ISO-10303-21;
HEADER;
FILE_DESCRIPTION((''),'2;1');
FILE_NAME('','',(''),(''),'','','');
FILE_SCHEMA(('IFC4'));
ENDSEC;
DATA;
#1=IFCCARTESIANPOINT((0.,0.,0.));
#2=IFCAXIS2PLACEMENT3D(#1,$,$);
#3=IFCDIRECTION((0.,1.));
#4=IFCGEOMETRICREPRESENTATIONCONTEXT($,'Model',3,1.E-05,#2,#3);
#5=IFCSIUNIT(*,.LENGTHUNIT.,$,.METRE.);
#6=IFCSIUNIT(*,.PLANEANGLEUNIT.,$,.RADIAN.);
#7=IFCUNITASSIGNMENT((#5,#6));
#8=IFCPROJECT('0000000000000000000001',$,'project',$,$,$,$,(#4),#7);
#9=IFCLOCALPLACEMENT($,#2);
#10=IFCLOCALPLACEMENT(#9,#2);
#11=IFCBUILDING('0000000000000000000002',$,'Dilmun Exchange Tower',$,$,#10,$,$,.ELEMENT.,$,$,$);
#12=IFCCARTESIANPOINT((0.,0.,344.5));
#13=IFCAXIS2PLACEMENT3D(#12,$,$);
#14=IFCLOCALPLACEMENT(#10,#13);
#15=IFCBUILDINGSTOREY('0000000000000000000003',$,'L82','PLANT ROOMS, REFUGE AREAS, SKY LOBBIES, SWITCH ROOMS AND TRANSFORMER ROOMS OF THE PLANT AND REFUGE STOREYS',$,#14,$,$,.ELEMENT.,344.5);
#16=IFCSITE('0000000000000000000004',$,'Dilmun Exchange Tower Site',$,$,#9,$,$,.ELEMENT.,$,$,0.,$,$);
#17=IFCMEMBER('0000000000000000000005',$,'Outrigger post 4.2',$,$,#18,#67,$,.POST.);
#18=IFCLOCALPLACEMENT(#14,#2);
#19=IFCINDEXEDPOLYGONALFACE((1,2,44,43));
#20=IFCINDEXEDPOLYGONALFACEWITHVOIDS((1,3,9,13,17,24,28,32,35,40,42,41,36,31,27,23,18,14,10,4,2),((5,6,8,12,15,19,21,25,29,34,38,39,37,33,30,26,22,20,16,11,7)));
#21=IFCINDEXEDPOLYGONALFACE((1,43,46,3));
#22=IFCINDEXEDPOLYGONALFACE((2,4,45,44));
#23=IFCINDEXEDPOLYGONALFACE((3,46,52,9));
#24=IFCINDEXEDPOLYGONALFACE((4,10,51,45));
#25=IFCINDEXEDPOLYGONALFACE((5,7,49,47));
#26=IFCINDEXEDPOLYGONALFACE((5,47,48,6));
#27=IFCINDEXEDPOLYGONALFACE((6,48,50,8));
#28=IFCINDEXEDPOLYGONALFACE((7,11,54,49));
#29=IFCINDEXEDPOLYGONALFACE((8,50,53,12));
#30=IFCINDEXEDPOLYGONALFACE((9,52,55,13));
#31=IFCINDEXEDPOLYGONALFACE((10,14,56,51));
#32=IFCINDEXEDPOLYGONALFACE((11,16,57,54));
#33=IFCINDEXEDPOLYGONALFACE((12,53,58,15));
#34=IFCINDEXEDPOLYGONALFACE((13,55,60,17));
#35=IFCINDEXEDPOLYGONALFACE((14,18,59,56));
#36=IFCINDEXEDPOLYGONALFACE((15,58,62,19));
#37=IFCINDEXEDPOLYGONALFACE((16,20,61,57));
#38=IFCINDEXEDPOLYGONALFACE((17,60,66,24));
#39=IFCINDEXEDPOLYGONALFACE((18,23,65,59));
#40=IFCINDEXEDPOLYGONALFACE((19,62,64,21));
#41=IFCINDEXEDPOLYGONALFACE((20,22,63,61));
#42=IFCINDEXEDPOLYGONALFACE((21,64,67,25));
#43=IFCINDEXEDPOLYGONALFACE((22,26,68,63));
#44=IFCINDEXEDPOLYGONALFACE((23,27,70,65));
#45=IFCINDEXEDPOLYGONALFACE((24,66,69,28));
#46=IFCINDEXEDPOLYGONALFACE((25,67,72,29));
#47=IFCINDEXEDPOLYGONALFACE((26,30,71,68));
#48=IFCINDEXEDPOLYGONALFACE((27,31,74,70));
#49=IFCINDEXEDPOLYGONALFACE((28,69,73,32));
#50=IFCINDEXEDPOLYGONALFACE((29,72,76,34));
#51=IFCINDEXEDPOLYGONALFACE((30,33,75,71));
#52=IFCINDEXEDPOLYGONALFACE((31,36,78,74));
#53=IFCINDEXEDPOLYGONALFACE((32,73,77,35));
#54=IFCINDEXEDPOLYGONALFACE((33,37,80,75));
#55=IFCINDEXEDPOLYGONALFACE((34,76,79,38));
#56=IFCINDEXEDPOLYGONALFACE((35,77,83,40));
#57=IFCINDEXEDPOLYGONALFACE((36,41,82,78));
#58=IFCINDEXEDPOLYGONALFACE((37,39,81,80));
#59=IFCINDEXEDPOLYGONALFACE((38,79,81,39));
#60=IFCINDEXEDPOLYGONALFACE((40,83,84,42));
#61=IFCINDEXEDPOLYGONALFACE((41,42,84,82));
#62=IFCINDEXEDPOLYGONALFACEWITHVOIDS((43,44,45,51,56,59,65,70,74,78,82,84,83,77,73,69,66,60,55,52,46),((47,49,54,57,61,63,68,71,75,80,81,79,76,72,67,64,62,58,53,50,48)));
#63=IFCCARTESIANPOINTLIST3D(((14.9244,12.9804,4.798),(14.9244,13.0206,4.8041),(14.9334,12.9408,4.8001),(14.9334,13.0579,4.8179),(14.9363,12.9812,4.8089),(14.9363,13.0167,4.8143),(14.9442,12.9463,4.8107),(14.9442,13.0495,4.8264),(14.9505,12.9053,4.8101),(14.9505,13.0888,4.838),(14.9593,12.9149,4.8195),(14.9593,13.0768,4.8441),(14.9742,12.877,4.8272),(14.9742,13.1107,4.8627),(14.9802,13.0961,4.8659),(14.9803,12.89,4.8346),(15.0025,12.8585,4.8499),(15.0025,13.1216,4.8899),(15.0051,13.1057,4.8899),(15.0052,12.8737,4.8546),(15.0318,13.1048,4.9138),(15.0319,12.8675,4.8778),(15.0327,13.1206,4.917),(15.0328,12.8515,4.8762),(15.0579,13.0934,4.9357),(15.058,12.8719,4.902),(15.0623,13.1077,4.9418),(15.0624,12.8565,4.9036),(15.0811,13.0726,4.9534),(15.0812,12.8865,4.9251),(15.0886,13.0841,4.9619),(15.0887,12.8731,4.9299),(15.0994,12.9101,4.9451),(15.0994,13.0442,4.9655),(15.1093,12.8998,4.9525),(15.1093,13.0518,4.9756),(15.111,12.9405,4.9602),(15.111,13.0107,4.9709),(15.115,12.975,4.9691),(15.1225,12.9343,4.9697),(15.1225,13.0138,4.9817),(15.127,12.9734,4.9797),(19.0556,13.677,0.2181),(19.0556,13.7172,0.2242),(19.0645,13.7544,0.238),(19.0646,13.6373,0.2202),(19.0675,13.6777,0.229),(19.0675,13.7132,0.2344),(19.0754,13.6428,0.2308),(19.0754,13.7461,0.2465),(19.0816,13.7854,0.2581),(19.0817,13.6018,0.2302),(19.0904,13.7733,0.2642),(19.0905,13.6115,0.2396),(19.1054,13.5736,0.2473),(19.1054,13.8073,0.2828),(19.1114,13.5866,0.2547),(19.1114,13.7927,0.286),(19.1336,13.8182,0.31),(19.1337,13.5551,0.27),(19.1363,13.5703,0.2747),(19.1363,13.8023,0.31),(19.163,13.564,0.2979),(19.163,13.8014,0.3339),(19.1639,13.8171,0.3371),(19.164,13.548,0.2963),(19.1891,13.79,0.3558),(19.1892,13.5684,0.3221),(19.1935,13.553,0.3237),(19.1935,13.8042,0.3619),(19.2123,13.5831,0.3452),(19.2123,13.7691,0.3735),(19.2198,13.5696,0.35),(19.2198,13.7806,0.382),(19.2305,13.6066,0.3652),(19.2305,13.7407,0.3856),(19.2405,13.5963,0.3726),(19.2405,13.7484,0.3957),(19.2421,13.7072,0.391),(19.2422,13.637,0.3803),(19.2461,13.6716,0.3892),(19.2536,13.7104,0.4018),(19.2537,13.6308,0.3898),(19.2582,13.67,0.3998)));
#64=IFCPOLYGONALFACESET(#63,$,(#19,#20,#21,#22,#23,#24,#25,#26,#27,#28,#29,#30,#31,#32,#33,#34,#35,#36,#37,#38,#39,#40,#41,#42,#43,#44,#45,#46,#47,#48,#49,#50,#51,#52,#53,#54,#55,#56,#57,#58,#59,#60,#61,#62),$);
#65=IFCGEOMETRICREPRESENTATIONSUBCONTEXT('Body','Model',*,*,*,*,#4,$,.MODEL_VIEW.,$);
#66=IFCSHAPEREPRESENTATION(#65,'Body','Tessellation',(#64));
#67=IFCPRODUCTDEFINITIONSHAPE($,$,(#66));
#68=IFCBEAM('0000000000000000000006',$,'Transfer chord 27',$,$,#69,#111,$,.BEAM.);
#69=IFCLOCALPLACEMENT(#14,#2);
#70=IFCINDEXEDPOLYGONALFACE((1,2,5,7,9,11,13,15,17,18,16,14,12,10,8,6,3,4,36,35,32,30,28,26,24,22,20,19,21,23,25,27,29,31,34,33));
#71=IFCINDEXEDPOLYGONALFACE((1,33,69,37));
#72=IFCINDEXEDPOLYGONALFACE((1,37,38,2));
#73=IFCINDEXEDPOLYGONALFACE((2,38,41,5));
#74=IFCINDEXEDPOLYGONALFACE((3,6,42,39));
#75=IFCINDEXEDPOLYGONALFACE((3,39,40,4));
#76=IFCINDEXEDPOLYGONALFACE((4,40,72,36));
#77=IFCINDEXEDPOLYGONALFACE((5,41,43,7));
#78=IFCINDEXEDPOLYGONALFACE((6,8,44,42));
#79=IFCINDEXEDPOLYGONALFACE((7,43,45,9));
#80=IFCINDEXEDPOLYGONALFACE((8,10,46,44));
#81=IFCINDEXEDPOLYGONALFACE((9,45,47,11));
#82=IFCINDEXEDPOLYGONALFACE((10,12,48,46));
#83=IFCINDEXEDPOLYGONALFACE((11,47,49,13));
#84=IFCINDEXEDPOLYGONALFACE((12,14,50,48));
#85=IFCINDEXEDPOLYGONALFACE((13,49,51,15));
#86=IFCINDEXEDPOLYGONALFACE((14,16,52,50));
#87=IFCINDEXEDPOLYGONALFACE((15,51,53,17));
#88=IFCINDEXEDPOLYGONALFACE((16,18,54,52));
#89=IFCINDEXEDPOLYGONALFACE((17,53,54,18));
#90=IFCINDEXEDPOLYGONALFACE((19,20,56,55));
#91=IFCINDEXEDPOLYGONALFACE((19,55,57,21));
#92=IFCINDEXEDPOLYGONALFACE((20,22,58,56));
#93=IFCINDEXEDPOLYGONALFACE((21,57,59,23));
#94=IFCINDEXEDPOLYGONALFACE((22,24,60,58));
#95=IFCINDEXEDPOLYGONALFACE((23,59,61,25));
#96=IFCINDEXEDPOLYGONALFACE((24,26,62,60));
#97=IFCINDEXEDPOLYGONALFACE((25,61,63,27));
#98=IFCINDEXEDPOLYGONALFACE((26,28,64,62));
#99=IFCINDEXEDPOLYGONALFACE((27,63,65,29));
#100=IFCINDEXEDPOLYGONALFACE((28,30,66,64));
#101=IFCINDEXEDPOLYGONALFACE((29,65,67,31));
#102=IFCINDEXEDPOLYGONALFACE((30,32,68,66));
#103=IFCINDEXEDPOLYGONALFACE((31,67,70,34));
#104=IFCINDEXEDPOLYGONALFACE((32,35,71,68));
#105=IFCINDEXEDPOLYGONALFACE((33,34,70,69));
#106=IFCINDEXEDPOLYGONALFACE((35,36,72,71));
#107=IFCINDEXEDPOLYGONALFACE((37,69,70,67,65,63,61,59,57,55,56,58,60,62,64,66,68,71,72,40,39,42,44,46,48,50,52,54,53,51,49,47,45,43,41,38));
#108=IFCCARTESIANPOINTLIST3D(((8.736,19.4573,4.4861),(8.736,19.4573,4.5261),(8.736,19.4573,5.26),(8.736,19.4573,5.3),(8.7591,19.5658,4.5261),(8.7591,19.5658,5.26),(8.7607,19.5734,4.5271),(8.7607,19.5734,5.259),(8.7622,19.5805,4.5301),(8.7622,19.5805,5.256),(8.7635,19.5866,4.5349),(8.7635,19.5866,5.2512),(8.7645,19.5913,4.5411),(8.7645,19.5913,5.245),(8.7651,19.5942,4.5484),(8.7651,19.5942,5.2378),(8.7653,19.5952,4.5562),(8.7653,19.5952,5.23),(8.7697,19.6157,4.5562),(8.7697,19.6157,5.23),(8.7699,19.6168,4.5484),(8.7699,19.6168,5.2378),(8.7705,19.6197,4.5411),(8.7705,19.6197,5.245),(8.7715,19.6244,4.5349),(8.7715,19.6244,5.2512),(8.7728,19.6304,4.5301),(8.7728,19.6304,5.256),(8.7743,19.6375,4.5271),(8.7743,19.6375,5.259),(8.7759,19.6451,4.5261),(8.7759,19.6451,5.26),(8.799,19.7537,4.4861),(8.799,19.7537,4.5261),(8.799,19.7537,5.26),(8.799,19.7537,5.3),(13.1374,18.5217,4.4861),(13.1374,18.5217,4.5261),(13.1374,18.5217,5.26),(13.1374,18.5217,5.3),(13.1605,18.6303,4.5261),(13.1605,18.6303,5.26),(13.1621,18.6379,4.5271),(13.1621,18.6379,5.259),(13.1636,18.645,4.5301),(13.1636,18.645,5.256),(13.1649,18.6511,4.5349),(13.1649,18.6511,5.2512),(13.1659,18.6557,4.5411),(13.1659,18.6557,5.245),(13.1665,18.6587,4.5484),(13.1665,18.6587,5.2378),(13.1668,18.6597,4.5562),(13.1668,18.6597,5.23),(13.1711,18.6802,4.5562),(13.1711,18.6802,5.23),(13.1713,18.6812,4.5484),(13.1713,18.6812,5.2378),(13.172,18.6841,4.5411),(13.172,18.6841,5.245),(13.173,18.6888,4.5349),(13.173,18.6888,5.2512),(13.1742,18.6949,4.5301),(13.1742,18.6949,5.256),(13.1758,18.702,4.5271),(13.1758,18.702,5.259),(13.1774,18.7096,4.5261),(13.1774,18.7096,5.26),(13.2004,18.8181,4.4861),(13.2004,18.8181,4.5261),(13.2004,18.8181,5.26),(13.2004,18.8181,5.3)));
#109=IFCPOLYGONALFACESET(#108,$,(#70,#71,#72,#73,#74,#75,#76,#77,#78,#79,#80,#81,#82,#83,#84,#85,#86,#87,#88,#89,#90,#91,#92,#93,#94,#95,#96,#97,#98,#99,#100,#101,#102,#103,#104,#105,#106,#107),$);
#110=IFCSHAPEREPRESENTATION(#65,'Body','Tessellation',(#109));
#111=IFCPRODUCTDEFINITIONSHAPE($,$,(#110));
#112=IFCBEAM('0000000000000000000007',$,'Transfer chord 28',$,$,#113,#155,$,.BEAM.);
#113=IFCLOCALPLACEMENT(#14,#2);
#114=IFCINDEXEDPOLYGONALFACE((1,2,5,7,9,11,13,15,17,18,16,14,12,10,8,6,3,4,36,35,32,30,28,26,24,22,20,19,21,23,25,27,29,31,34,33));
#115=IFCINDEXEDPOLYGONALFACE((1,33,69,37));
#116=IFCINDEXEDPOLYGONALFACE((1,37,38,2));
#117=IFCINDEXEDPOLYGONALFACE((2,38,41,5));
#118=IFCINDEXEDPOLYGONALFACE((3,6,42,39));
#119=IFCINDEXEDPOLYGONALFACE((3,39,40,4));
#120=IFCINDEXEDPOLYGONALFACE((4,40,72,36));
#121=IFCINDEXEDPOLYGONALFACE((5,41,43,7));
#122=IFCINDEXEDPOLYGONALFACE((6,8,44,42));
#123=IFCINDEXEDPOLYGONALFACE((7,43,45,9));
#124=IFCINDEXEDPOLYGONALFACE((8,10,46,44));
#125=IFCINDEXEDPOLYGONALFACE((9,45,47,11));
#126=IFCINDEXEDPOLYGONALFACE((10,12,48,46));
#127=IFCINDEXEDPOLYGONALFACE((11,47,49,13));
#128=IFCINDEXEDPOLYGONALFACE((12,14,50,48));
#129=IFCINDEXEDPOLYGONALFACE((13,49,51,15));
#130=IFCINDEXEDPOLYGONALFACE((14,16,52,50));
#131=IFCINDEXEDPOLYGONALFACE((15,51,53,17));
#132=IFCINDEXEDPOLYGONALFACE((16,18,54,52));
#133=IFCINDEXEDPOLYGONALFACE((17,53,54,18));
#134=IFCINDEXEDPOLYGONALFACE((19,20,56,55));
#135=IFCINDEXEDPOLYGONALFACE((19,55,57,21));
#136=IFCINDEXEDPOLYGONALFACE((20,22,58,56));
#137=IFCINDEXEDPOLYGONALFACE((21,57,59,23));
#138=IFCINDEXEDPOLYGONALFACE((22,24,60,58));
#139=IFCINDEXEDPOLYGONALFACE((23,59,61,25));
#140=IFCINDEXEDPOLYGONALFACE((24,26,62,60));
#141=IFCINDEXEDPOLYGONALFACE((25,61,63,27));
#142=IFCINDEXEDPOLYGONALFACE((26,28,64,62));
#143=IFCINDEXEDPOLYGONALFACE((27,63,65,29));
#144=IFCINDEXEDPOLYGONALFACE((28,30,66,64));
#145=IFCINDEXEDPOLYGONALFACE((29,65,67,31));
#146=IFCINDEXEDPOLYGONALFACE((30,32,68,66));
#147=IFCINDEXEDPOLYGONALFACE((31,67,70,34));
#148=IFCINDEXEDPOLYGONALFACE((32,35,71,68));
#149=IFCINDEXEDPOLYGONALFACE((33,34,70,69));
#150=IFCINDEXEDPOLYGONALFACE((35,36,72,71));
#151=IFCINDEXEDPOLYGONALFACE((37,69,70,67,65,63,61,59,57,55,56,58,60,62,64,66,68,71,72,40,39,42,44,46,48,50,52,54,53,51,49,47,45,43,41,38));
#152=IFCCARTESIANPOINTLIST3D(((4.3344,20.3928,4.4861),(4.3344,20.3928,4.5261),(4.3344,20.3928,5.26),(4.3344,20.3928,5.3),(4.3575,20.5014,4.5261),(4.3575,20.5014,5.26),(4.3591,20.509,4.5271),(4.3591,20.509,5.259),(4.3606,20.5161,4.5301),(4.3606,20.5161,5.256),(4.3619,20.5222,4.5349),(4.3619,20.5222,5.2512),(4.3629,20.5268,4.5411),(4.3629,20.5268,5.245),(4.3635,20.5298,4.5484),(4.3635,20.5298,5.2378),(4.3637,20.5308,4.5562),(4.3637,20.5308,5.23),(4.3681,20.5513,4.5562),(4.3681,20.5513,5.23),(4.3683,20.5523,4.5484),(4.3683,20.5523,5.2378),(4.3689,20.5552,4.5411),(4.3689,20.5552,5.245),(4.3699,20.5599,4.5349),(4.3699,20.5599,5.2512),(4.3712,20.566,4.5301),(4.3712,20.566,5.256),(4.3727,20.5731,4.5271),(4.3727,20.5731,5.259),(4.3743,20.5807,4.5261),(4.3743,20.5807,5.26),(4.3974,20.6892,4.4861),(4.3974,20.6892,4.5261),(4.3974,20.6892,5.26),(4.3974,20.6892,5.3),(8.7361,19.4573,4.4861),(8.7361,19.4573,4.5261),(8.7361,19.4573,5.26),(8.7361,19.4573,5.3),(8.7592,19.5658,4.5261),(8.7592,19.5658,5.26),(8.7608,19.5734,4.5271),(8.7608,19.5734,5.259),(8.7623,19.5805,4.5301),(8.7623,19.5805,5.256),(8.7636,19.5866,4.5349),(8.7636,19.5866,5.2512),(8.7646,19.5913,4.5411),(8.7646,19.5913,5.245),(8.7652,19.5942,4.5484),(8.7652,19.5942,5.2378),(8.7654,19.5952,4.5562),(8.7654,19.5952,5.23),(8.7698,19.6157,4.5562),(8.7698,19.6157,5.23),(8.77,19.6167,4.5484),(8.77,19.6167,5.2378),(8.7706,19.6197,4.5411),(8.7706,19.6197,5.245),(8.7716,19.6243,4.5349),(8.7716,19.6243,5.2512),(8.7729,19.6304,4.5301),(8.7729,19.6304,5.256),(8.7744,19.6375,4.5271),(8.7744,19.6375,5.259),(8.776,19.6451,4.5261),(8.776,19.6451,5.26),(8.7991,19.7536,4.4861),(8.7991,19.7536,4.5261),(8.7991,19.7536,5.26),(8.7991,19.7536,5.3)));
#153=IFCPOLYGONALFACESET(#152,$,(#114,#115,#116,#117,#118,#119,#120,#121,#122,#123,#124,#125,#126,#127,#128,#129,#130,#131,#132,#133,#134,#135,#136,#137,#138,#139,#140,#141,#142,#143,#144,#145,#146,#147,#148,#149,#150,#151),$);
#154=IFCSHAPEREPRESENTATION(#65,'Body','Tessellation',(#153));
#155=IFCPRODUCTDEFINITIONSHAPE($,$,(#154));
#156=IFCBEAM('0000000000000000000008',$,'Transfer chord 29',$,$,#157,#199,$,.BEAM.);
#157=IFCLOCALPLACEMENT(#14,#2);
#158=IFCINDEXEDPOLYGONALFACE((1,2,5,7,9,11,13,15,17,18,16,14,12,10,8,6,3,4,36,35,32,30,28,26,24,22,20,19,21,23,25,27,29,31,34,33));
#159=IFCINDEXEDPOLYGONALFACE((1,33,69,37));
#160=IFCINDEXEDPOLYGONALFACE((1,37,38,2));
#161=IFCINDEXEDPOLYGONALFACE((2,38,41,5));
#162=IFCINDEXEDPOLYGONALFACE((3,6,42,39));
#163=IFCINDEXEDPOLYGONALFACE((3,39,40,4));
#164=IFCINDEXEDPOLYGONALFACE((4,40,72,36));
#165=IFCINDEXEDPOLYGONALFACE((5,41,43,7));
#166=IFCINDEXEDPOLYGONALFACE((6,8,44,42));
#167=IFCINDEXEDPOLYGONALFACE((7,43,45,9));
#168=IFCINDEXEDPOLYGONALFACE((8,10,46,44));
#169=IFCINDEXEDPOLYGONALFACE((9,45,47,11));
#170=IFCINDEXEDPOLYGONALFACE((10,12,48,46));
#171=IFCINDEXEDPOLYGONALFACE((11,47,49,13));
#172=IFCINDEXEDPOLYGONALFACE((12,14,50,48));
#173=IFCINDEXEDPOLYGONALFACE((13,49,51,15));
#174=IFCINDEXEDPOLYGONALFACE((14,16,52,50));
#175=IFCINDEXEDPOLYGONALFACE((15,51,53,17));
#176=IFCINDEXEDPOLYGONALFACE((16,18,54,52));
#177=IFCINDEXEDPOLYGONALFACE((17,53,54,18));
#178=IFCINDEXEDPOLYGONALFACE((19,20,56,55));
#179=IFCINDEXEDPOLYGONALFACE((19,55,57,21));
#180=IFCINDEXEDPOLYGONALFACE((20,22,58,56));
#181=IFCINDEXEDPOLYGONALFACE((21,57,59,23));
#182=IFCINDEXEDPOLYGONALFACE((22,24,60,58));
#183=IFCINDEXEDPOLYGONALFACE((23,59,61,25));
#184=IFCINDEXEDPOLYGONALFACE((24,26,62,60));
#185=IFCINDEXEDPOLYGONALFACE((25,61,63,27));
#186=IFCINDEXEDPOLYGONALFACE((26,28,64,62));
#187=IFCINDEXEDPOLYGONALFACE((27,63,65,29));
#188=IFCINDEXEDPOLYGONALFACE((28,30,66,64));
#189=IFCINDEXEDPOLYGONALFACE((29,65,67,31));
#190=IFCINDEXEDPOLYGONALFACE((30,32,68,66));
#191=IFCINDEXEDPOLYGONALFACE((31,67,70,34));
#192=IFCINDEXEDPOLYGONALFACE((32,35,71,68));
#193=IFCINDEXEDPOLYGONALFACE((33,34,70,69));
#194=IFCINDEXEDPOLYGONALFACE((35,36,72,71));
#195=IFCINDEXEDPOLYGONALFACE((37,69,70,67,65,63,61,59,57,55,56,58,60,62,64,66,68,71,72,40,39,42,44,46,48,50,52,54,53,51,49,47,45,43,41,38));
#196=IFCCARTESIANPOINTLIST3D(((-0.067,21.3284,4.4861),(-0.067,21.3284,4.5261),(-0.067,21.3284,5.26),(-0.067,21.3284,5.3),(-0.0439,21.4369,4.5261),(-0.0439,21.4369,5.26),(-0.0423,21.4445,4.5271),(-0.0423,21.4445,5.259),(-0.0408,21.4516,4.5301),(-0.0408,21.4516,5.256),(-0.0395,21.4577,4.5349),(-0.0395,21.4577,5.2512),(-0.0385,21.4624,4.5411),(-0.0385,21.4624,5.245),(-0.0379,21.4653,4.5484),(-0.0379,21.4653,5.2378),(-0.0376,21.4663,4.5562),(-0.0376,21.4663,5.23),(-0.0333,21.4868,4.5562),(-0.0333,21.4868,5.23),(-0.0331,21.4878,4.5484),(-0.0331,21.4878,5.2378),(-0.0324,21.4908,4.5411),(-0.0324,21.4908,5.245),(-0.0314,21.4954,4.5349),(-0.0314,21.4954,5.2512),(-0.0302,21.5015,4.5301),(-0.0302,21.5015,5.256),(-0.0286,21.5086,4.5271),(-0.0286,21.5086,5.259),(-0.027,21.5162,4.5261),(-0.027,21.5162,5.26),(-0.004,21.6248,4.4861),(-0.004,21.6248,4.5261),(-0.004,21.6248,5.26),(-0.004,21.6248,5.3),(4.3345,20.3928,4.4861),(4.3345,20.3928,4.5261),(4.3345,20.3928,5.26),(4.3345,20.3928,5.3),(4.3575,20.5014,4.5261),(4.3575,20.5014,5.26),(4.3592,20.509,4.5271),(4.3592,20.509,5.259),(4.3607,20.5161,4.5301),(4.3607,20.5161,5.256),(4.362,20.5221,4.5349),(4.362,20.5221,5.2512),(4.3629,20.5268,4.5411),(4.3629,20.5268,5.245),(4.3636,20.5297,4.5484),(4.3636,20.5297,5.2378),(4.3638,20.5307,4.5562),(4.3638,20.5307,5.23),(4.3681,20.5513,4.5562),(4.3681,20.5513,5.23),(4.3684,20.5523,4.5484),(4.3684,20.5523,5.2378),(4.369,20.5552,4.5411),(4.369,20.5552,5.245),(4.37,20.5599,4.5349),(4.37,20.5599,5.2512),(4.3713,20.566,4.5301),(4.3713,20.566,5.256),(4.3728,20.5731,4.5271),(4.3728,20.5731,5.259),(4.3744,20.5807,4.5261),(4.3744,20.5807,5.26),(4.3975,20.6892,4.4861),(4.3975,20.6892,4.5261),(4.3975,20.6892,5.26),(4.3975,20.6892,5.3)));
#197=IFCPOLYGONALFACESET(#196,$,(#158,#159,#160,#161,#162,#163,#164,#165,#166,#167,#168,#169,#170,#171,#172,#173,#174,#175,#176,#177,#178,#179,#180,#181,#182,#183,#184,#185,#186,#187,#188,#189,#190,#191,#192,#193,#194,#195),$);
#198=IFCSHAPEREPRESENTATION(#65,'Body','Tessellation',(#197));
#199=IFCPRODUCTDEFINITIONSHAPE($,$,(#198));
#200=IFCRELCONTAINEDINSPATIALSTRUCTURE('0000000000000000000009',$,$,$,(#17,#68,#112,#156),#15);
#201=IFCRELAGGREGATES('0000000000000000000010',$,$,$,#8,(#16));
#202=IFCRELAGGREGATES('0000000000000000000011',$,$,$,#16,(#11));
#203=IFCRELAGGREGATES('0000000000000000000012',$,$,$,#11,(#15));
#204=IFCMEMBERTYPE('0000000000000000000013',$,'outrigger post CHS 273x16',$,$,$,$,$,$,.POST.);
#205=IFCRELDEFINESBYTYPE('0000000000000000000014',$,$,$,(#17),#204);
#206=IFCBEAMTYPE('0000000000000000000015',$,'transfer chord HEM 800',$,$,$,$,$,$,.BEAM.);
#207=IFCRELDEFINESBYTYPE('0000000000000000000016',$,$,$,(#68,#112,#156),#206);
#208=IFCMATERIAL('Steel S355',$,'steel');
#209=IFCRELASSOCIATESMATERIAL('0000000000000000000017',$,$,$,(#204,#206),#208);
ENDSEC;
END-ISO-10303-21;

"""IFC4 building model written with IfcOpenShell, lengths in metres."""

from ifc_helpers import new_model, si_unit, direction, frame, origin, origin_2d, place, context, subcontext, project, spatial, hollow_circle, i_section, extrude, material, material_profile, profile_set, type_object, element, save


model = new_model("IFC4")

# Units and contexts
model_context = context("Model", 3, precision=1e-05, world=origin(), true_north=direction((0.0, 1.0)))
body_context = subcontext(model_context, "Body", "Model", "MODEL_VIEW")
ifc_project = project(units=[si_unit("LENGTHUNIT", "METRE"), si_unit("PLANEANGLEUNIT", "RADIAN")], contexts=[model_context])

# Site, building, storey
site_placement = place(None, origin())
site = spatial("IfcSite", under=ifc_project, at=site_placement, Name="Dilmun Exchange Tower Site", CompositionType="ELEMENT", RefElevation=0.0)
building_placement = place(site_placement, origin())
building = spatial("IfcBuilding", under=site, at=building_placement, Name="Dilmun Exchange Tower", CompositionType="ELEMENT")
storey_placement = place(building_placement, frame((0.0, 0.0, 344.5)))
storey = spatial("IfcBuildingStorey", under=building, at=storey_placement, Name="L82", Description="PLANT ROOMS, REFUGE AREAS, SKY LOBBIES, SWITCH ROOMS AND TRANSFORMER ROOMS OF THE PLANT AND REFUGE STOREYS", CompositionType="ELEMENT", Elevation=344.5)

# Member
ifc_material_1 = material(Name="Steel S355", Category="steel")
ifc_material_profile_1 = material_profile(ifc_material_1, hollow_circle(Radius=0.1365, WallThickness=0.0161, at=origin_2d()), Name="CHS 273x16")
ifc_profile_set_1 = profile_set([ifc_material_profile_1], Name="Steel S355")
member_type_1 = type_object("IfcMemberType", Name="outrigger post CHS 273x16", PredefinedType="POST", material=ifc_profile_set_1)
member_1_placement = place(storey_placement, frame((15.0251, 12.9871, 4.8899), z_axis=(0.665562, 0.112219, -0.737857), x_axis=(-0.16626, 0.986082, 0.0)))
element("IfcMember", 1, at=member_1_placement, inside=storey, type_object=member_type_1, Name="Outrigger post 4.2", PredefinedType="POST", context=body_context, shape_type="SweptSolid", body=[
    extrude(hollow_circle(Radius=0.1365, WallThickness=0.0161, at=origin_2d()), origin(), (0.0, 0.0, 1.0), 6.207),
])

# Beams
ifc_material_profile_2 = material_profile(ifc_material_1, i_section(OverallWidth=0.303, OverallDepth=0.814, WebThickness=0.021, FlangeThickness=0.04, FilletRadius=0.03, at=origin_2d()), Name="HEM 800")
ifc_profile_set_2 = profile_set([ifc_material_profile_2], Name="Steel S355")
beam_type = type_object("IfcBeamType", Name="transfer chord HEM 800", PredefinedType="BEAM", material=ifc_profile_set_2)
beam_1_placement = place(storey_placement, frame((13.1689, 18.6699, 4.8931), z_axis=(-0.978147, 0.207913, 0.0), x_axis=(-0.207913, -0.978147, 0.0)))
element("IfcBeam", 2, at=beam_1_placement, inside=storey, type_object=beam_type, Name="Transfer chord 27", PredefinedType="BEAM", context=body_context, shape_type="SweptSolid", body=[
    extrude(i_section(OverallWidth=0.303, OverallDepth=0.814, WebThickness=0.021, FlangeThickness=0.04, FilletRadius=0.03, at=origin_2d()), origin(), (0.0, 0.0, 1.0), 4.4998),
])
beam_2_placement = place(storey_placement, frame((8.7676, 19.6055, 4.8931), z_axis=(-0.97815, 0.207902, 0.0), x_axis=(-0.207902, -0.97815, 0.0)))
element("IfcBeam", 3, at=beam_2_placement, inside=storey, type_object=beam_type, Name="Transfer chord 28", PredefinedType="BEAM", context=body_context, shape_type="SweptSolid", body=[
    extrude(i_section(OverallWidth=0.303, OverallDepth=0.814, WebThickness=0.021, FlangeThickness=0.04, FilletRadius=0.03, at=origin_2d()), origin(), (0.0, 0.0, 1.0), 4.5),
])
beam_3_placement = place(storey_placement, frame((4.366, 20.541, 4.8931), z_axis=(-0.978147, 0.207913, 0.0), x_axis=(-0.207913, -0.978147, 0.0)))
element("IfcBeam", 4, at=beam_3_placement, inside=storey, type_object=beam_type, Name="Transfer chord 29", PredefinedType="BEAM", context=body_context, shape_type="SweptSolid", body=[
    extrude(i_section(OverallWidth=0.303, OverallDepth=0.814, WebThickness=0.021, FlangeThickness=0.04, FilletRadius=0.03, at=origin_2d()), origin(), (0.0, 0.0, 1.0), 4.4998),
])

save(model, "model.ifc")
